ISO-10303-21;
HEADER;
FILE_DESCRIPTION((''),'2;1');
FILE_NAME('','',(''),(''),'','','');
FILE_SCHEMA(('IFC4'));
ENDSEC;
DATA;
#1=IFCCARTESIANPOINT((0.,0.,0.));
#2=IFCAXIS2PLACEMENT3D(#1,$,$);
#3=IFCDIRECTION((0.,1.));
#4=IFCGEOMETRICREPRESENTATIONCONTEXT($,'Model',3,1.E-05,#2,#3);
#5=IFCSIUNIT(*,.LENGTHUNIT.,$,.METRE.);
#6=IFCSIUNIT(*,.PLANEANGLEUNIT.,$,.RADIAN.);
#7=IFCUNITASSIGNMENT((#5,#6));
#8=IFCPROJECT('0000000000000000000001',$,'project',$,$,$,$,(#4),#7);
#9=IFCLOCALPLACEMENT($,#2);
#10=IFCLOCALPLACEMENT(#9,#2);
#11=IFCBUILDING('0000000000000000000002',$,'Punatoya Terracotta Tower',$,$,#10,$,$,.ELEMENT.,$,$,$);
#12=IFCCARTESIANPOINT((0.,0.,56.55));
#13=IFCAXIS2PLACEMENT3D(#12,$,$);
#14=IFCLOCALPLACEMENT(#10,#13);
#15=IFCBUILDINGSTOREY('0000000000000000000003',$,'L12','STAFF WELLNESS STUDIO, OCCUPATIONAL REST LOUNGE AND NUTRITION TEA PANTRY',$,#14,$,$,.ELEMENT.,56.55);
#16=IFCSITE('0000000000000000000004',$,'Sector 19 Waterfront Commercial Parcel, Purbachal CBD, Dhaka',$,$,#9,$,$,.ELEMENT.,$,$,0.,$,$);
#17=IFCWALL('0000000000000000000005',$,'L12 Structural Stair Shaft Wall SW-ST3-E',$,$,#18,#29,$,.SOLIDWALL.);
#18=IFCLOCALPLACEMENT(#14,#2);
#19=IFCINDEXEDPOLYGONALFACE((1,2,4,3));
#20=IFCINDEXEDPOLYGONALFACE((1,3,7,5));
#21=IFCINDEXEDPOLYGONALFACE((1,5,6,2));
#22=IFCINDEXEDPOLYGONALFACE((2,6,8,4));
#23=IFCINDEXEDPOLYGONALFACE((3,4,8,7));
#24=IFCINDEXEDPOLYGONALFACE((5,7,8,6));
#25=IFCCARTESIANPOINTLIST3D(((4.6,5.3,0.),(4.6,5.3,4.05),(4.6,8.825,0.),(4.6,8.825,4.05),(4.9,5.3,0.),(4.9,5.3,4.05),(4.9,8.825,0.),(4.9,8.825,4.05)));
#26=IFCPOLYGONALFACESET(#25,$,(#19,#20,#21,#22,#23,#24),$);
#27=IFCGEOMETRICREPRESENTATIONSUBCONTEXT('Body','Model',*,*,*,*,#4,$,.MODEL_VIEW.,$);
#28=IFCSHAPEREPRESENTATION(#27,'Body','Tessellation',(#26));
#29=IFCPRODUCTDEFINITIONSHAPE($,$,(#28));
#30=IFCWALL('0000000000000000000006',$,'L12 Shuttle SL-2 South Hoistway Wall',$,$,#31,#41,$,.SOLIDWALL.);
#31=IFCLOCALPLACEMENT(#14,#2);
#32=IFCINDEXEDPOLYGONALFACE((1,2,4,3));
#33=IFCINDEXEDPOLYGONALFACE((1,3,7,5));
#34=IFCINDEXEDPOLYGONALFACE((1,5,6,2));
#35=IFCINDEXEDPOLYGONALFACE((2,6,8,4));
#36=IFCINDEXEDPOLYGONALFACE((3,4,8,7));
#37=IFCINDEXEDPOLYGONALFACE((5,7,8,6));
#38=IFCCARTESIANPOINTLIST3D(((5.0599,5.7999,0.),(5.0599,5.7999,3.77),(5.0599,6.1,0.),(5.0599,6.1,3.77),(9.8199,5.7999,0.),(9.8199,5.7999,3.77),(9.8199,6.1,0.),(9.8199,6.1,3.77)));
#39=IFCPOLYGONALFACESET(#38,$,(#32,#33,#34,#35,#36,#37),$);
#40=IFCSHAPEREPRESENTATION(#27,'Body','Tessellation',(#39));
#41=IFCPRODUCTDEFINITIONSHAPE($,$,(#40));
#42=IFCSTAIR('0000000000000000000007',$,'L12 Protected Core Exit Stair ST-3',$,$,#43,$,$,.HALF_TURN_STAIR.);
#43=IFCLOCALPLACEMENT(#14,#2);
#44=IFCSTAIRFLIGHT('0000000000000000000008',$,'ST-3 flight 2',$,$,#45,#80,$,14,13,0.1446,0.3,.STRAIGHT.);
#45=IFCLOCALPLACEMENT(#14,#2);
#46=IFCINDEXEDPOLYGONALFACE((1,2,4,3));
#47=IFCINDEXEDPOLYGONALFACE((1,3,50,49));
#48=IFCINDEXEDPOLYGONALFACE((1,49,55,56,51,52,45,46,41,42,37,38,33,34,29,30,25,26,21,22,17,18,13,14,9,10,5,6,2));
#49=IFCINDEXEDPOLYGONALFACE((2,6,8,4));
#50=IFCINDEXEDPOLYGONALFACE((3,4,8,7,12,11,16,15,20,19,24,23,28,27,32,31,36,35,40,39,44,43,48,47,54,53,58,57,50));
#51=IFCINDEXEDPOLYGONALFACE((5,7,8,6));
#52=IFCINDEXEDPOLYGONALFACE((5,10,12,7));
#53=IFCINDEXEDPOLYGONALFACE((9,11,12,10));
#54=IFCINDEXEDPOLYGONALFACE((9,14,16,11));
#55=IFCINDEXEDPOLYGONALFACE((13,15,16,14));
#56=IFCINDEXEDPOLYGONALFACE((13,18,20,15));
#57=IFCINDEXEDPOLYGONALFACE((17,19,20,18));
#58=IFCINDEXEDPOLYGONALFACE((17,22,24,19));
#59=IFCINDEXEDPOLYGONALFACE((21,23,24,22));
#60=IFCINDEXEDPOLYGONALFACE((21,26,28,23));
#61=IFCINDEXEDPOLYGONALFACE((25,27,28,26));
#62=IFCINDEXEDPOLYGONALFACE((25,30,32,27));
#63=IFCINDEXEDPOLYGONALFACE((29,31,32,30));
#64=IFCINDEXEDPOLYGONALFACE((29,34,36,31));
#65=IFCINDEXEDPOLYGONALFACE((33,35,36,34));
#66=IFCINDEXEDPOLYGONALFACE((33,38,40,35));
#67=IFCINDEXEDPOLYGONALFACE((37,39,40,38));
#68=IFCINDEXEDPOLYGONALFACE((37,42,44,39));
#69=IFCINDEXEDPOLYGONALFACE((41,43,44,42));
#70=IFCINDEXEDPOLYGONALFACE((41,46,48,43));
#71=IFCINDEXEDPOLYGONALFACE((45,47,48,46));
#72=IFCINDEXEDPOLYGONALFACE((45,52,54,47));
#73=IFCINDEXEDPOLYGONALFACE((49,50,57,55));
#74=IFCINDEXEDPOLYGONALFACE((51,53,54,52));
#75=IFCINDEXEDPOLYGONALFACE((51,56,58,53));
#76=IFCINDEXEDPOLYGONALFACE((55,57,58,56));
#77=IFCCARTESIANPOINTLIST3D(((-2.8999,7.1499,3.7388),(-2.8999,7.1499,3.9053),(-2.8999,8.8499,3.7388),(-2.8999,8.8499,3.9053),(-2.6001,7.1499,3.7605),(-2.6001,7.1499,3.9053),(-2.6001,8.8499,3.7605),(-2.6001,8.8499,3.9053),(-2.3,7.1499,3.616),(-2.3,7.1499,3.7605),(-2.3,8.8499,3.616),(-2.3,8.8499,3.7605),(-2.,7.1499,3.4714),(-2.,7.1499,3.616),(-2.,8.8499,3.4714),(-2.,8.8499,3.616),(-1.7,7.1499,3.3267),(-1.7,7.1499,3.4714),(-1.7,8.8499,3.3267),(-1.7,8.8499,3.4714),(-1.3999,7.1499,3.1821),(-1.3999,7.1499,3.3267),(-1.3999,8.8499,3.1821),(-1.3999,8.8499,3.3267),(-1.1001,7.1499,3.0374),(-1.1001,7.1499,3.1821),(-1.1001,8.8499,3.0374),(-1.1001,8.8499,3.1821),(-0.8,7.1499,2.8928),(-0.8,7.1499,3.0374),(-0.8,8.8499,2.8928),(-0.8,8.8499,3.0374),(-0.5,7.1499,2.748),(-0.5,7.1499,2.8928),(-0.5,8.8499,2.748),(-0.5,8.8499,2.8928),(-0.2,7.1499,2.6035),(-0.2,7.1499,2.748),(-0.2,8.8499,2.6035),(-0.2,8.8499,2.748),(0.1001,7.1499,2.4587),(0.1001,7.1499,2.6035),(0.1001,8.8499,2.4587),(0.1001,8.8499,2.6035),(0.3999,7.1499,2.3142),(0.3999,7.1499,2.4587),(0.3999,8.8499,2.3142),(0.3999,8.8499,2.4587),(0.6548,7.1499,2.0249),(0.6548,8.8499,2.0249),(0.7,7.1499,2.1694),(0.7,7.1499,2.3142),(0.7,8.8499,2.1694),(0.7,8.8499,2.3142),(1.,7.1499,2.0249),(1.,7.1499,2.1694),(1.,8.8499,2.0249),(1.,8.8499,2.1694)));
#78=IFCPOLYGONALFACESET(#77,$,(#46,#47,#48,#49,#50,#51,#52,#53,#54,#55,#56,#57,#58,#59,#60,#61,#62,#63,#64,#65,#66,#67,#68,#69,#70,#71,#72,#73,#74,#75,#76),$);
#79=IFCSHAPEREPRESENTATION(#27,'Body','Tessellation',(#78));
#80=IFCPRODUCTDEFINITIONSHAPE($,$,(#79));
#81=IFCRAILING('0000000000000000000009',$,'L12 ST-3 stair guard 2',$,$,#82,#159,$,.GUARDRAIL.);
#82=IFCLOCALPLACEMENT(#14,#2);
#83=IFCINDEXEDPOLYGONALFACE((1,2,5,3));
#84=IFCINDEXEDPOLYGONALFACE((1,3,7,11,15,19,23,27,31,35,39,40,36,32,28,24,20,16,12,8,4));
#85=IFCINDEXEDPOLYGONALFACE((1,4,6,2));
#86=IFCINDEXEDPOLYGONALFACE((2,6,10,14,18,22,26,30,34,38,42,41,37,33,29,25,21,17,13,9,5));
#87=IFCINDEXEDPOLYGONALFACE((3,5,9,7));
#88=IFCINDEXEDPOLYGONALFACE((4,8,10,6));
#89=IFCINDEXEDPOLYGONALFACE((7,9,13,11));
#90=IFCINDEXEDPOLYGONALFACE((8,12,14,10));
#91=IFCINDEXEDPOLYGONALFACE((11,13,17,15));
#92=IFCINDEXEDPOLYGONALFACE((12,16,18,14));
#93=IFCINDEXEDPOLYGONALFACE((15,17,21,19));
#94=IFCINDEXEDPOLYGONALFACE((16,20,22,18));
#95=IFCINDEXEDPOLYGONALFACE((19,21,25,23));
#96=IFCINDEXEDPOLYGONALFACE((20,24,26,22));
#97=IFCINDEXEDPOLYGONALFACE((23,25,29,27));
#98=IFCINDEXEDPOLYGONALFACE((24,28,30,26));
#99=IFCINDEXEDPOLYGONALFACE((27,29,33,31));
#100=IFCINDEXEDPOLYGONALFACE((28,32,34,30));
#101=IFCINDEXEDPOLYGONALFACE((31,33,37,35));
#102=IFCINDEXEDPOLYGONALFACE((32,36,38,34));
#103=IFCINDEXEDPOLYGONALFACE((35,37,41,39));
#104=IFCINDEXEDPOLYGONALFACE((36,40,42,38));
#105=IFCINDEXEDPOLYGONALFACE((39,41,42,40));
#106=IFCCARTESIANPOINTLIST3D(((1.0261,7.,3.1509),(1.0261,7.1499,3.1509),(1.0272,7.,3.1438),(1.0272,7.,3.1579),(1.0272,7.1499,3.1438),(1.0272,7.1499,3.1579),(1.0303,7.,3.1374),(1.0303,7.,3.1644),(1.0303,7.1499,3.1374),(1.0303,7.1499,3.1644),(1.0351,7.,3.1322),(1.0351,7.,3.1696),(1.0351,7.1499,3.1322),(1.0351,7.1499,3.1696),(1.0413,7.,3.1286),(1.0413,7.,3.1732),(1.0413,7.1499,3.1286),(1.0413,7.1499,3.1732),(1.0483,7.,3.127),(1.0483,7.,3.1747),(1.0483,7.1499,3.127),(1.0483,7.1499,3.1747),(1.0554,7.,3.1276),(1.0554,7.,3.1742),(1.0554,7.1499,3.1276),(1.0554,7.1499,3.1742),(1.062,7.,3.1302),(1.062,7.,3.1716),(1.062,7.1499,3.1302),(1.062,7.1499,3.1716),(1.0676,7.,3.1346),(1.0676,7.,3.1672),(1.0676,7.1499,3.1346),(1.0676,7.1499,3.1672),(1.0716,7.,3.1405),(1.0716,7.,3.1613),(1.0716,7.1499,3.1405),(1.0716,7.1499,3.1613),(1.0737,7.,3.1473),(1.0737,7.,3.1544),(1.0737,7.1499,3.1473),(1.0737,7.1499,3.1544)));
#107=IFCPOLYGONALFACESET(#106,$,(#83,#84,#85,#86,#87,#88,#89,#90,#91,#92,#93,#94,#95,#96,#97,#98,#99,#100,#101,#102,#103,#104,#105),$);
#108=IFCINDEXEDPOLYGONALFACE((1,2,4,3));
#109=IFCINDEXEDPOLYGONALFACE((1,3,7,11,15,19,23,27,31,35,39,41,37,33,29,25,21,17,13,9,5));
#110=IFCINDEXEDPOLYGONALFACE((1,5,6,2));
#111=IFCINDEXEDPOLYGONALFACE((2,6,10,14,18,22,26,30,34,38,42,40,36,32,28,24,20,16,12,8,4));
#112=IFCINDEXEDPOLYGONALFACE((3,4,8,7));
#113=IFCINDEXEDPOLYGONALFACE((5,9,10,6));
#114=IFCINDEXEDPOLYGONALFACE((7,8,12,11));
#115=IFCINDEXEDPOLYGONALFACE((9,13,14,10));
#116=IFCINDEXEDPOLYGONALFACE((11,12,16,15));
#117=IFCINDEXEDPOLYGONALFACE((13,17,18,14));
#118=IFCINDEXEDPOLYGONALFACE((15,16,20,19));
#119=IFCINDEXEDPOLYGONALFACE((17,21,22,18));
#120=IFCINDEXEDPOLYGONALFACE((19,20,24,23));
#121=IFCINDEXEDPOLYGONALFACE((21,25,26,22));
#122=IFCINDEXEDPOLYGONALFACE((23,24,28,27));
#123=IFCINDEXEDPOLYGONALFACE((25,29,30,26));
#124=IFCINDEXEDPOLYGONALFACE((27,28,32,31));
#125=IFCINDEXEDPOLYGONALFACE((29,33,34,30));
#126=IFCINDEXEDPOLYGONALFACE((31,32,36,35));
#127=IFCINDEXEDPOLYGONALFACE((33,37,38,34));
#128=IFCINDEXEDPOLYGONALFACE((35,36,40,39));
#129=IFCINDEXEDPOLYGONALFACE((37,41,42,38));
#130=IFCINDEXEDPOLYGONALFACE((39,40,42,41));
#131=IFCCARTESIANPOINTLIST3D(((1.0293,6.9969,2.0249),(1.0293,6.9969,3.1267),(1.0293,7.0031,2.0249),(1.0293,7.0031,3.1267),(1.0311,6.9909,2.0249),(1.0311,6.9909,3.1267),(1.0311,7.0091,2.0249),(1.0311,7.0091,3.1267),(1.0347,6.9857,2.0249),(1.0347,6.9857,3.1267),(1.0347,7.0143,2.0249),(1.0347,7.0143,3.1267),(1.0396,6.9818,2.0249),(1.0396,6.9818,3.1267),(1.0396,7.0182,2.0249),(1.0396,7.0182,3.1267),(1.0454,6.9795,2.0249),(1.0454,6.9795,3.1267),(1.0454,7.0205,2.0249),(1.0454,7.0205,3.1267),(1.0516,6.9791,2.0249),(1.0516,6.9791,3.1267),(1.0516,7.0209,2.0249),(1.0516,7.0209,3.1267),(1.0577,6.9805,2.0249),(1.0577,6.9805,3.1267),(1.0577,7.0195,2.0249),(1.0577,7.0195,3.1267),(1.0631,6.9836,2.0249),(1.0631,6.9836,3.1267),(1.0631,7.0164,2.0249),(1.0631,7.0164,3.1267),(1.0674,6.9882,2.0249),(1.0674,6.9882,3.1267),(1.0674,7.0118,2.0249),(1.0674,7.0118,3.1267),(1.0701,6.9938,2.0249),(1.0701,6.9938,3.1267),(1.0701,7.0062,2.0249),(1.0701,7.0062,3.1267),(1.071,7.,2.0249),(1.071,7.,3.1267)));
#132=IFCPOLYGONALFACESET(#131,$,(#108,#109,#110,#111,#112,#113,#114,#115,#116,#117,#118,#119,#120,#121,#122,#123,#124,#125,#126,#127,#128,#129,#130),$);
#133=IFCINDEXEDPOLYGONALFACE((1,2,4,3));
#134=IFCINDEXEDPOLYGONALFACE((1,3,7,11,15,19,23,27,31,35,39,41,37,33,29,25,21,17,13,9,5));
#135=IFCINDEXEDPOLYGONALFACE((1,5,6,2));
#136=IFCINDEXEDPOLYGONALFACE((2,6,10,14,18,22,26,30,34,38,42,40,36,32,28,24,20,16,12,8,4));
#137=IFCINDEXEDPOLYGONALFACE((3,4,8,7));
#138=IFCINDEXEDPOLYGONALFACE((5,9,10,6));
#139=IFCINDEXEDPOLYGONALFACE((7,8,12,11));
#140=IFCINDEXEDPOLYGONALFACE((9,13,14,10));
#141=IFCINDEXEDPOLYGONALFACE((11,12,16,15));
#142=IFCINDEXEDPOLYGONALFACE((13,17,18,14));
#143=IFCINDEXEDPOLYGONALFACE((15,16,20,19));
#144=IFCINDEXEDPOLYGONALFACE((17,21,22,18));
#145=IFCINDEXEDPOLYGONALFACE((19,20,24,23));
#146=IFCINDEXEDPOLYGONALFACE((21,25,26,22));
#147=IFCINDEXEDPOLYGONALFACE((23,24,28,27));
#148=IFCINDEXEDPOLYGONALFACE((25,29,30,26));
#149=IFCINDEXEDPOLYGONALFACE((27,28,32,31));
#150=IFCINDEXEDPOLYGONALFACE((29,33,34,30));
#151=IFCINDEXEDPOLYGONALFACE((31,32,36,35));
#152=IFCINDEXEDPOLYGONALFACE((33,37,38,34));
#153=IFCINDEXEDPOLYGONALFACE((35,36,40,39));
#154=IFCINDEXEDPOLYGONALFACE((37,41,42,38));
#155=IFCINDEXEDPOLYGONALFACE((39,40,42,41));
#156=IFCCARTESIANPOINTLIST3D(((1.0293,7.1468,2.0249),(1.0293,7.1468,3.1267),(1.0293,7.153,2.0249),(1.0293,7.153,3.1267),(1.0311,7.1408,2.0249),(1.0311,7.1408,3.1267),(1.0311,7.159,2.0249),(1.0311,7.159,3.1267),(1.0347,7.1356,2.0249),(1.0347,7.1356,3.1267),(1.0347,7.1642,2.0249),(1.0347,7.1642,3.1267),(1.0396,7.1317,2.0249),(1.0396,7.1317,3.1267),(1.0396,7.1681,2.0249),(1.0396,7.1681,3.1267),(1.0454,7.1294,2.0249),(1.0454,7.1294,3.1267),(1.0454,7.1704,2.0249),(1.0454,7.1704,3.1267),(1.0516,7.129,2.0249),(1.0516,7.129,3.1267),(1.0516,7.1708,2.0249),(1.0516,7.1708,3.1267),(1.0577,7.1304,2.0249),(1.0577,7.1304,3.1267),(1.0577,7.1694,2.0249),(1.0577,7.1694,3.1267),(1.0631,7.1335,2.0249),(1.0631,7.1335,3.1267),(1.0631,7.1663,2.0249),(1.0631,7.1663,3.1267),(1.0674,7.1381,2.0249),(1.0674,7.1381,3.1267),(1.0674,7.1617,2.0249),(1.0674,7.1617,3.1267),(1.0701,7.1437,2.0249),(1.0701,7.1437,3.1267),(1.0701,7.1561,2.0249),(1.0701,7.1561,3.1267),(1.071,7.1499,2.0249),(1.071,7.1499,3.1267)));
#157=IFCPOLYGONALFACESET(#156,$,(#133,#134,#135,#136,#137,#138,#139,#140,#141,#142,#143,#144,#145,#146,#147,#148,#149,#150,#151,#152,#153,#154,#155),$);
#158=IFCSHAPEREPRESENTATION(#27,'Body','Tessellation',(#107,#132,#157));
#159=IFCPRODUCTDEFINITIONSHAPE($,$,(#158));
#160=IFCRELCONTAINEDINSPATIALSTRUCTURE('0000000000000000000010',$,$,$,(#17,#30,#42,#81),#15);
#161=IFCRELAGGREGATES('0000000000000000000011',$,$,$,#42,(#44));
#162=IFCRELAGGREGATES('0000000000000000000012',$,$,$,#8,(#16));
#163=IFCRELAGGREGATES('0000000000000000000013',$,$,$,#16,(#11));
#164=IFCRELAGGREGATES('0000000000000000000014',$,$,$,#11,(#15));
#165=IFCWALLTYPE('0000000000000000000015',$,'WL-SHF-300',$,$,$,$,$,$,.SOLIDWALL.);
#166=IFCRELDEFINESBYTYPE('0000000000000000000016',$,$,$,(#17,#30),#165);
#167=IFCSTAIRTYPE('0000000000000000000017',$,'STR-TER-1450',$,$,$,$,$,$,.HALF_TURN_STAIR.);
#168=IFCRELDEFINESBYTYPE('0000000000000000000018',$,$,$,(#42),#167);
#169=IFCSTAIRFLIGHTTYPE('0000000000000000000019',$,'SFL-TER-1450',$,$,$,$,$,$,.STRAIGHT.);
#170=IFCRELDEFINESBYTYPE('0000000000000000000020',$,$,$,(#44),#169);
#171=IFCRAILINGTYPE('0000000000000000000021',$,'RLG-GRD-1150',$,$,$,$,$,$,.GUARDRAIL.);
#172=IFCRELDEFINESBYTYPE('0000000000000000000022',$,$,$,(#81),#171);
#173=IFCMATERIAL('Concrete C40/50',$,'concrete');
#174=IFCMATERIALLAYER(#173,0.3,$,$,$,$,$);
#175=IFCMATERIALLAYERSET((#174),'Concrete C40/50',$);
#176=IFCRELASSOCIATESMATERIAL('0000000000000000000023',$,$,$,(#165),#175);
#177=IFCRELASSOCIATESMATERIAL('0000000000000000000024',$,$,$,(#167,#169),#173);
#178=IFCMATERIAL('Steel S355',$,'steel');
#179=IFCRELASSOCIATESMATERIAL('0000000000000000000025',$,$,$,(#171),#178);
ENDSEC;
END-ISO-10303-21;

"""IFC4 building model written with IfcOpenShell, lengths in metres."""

from ifc_helpers import new_model, si_unit, direction, frame, frame_2d, origin, origin_2d, place, context, subcontext, project, spatial, polyline, rectangle, circle, outline, extrude, material, layer, layer_set, type_object, element, aggregate, save


model = new_model("IFC4")

# Units and contexts
model_context = context("Model", 3, precision=1e-05, world=origin(), true_north=direction((0.0, 1.0)))
body_context = subcontext(model_context, "Body", "Model", "MODEL_VIEW")
ifc_project = project(units=[si_unit("LENGTHUNIT", "METRE"), si_unit("PLANEANGLEUNIT", "RADIAN")], contexts=[model_context])

# Site, building, storey
site_placement = place(None, origin())
site = spatial("IfcSite", under=ifc_project, at=site_placement, Name="Sector 19 Waterfront Commercial Parcel, Purbachal CBD, Dhaka", CompositionType="ELEMENT", RefElevation=0.0)
building_placement = place(site_placement, origin())
building = spatial("IfcBuilding", under=site, at=building_placement, Name="Punatoya Terracotta Tower", CompositionType="ELEMENT")
storey_placement = place(building_placement, frame((0.0, 0.0, 56.55)))
storey = spatial("IfcBuildingStorey", under=building, at=storey_placement, Name="L12", Description="STAFF WELLNESS STUDIO, OCCUPATIONAL REST LOUNGE AND NUTRITION TEA PANTRY", CompositionType="ELEMENT", Elevation=56.55)

# Shared definitions
ifc_material_1 = material(Name="Steel S355", Category="steel")

# Walls
ifc_material_2 = material(Name="Concrete C40/50", Category="concrete")
ifc_layer_1 = layer(ifc_material_2, 0.3)
ifc_layer_set_1 = layer_set([ifc_layer_1], Name="Concrete C40/50")
wall_type = type_object("IfcWallType", Name="WL-SHF-300", PredefinedType="SOLIDWALL", material=ifc_layer_set_1)
wall_1_placement = place(storey_placement, frame((4.75, 8.825, 0.0), z_axis=(0.0, 0.0, 1.0), x_axis=(0.0, -1.0, 0.0)))
element("IfcWall", 1, at=wall_1_placement, inside=storey, type_object=wall_type, Name="L12 Structural Stair Shaft Wall SW-ST3-E", PredefinedType="SOLIDWALL", context=body_context, shape_type="SweptSolid", body=[
    extrude(rectangle(XDim=3.5249, YDim=0.3, at=frame_2d((1.7625, 0.0))), origin(), (0.0, 0.0, 1.0), 4.05),
])
wall_2_placement = place(storey_placement, frame((5.0601, 5.95, 0.0), z_axis=(0.0, 0.0, 1.0), x_axis=(1.0, 0.0, 0.0)))
element("IfcWall", 2, at=wall_2_placement, inside=storey, type_object=wall_type, Name="L12 Shuttle SL-2 South Hoistway Wall", PredefinedType="SOLIDWALL", context=body_context, shape_type="SweptSolid", body=[
    extrude(rectangle(XDim=4.76, YDim=0.3, at=frame_2d((2.3799, 0.0))), origin(), (0.0, 0.0, 1.0), 3.77),
])

# Stair, stair flight
stair_type = type_object("IfcStairType", Name="STR-TER-1450", PredefinedType="HALF_TURN_STAIR", material=ifc_material_2)
stair_placement = place(storey_placement, origin())
stair = element("IfcStair", 3, at=stair_placement, inside=storey, type_object=stair_type, Name="L12 Protected Core Exit Stair ST-3", PredefinedType="HALF_TURN_STAIR")
stair_flight_type = type_object("IfcStairFlightType", Name="SFL-TER-1450", PredefinedType="STRAIGHT", material=ifc_material_2)
stair_flight_placement = place(storey_placement, frame((1.0, 8.0, 2.0249), z_axis=(0.0, 0.0, 1.0), x_axis=(-1.0, 0.0, 0.0)))
stair_flight = element("IfcStairFlight", 4, at=stair_flight_placement, type_object=stair_flight_type, Name="ST-3 flight 2", NumberOfRisers=14, NumberOfTreads=13, PredefinedType="STRAIGHT", RiserHeight=0.1446, TreadLength=0.3, context=body_context, shape_type="SweptSolid", body=[
    extrude(outline(polyline([(0.0, 0.0), (0.0, 0.1445), (0.3, 0.1445), (0.3, 0.2893), (0.6001, 0.2893), (0.6001, 0.4338), (0.8999, 0.4338), (0.8999, 0.5786), (1.2, 0.5786), (1.2, 0.7231), (1.5, 0.7231), (1.5, 0.8679), (1.8, 0.8679), (1.8, 1.0125), (2.1001, 1.0125), (2.1001, 1.1572), (2.3999, 1.1572), (2.3999, 1.3018), (2.7, 1.3018), (2.7, 1.4465), (3.0, 1.4465), (3.0, 1.5911), (3.3, 1.5911), (3.3, 1.7356), (3.6001, 1.7356), (3.6001, 1.8804), (3.8999, 1.8804), (3.8999, 2.0249), (3.8999, 1.7139), (0.3452, 0.0), (0.0, 0.0)])), frame((0.0, 0.8501, 0.0), z_axis=(0.0, -1.0, 0.0), x_axis=(1.0, 0.0, 0.0)), (0.0, 0.0, 1.0), 1.7),
])
aggregate(stair, [stair_flight])

# Railing
railing_type_1 = type_object("IfcRailingType", Name="RLG-GRD-1150", PredefinedType="GUARDRAIL", material=ifc_material_1)
railing_1_placement = place(storey_placement, frame((1.05, 7.0, 2.0249)))
element("IfcRailing", 5, at=railing_1_placement, inside=storey, type_object=railing_type_1, Name="L12 ST-3 stair guard 2", PredefinedType="GUARDRAIL", context=body_context, shape_type="SweptSolid", body=[
    extrude(circle(Radius=0.0239, at=origin_2d()), frame((0.0, 0.0, 1.126), z_axis=(0.0, 1.0, 0.0), x_axis=(-1.0, 0.0, 0.0)), (0.0, 0.0, 1.0), 0.1499),
    extrude(circle(Radius=0.021, at=origin_2d()), origin(), (0.0, 0.0, 1.0), 1.1018),
    extrude(circle(Radius=0.021, at=origin_2d()), frame((0.0, 0.1499, 0.0)), (0.0, 0.0, 1.0), 1.1018),
])

save(model, "model.ifc")
